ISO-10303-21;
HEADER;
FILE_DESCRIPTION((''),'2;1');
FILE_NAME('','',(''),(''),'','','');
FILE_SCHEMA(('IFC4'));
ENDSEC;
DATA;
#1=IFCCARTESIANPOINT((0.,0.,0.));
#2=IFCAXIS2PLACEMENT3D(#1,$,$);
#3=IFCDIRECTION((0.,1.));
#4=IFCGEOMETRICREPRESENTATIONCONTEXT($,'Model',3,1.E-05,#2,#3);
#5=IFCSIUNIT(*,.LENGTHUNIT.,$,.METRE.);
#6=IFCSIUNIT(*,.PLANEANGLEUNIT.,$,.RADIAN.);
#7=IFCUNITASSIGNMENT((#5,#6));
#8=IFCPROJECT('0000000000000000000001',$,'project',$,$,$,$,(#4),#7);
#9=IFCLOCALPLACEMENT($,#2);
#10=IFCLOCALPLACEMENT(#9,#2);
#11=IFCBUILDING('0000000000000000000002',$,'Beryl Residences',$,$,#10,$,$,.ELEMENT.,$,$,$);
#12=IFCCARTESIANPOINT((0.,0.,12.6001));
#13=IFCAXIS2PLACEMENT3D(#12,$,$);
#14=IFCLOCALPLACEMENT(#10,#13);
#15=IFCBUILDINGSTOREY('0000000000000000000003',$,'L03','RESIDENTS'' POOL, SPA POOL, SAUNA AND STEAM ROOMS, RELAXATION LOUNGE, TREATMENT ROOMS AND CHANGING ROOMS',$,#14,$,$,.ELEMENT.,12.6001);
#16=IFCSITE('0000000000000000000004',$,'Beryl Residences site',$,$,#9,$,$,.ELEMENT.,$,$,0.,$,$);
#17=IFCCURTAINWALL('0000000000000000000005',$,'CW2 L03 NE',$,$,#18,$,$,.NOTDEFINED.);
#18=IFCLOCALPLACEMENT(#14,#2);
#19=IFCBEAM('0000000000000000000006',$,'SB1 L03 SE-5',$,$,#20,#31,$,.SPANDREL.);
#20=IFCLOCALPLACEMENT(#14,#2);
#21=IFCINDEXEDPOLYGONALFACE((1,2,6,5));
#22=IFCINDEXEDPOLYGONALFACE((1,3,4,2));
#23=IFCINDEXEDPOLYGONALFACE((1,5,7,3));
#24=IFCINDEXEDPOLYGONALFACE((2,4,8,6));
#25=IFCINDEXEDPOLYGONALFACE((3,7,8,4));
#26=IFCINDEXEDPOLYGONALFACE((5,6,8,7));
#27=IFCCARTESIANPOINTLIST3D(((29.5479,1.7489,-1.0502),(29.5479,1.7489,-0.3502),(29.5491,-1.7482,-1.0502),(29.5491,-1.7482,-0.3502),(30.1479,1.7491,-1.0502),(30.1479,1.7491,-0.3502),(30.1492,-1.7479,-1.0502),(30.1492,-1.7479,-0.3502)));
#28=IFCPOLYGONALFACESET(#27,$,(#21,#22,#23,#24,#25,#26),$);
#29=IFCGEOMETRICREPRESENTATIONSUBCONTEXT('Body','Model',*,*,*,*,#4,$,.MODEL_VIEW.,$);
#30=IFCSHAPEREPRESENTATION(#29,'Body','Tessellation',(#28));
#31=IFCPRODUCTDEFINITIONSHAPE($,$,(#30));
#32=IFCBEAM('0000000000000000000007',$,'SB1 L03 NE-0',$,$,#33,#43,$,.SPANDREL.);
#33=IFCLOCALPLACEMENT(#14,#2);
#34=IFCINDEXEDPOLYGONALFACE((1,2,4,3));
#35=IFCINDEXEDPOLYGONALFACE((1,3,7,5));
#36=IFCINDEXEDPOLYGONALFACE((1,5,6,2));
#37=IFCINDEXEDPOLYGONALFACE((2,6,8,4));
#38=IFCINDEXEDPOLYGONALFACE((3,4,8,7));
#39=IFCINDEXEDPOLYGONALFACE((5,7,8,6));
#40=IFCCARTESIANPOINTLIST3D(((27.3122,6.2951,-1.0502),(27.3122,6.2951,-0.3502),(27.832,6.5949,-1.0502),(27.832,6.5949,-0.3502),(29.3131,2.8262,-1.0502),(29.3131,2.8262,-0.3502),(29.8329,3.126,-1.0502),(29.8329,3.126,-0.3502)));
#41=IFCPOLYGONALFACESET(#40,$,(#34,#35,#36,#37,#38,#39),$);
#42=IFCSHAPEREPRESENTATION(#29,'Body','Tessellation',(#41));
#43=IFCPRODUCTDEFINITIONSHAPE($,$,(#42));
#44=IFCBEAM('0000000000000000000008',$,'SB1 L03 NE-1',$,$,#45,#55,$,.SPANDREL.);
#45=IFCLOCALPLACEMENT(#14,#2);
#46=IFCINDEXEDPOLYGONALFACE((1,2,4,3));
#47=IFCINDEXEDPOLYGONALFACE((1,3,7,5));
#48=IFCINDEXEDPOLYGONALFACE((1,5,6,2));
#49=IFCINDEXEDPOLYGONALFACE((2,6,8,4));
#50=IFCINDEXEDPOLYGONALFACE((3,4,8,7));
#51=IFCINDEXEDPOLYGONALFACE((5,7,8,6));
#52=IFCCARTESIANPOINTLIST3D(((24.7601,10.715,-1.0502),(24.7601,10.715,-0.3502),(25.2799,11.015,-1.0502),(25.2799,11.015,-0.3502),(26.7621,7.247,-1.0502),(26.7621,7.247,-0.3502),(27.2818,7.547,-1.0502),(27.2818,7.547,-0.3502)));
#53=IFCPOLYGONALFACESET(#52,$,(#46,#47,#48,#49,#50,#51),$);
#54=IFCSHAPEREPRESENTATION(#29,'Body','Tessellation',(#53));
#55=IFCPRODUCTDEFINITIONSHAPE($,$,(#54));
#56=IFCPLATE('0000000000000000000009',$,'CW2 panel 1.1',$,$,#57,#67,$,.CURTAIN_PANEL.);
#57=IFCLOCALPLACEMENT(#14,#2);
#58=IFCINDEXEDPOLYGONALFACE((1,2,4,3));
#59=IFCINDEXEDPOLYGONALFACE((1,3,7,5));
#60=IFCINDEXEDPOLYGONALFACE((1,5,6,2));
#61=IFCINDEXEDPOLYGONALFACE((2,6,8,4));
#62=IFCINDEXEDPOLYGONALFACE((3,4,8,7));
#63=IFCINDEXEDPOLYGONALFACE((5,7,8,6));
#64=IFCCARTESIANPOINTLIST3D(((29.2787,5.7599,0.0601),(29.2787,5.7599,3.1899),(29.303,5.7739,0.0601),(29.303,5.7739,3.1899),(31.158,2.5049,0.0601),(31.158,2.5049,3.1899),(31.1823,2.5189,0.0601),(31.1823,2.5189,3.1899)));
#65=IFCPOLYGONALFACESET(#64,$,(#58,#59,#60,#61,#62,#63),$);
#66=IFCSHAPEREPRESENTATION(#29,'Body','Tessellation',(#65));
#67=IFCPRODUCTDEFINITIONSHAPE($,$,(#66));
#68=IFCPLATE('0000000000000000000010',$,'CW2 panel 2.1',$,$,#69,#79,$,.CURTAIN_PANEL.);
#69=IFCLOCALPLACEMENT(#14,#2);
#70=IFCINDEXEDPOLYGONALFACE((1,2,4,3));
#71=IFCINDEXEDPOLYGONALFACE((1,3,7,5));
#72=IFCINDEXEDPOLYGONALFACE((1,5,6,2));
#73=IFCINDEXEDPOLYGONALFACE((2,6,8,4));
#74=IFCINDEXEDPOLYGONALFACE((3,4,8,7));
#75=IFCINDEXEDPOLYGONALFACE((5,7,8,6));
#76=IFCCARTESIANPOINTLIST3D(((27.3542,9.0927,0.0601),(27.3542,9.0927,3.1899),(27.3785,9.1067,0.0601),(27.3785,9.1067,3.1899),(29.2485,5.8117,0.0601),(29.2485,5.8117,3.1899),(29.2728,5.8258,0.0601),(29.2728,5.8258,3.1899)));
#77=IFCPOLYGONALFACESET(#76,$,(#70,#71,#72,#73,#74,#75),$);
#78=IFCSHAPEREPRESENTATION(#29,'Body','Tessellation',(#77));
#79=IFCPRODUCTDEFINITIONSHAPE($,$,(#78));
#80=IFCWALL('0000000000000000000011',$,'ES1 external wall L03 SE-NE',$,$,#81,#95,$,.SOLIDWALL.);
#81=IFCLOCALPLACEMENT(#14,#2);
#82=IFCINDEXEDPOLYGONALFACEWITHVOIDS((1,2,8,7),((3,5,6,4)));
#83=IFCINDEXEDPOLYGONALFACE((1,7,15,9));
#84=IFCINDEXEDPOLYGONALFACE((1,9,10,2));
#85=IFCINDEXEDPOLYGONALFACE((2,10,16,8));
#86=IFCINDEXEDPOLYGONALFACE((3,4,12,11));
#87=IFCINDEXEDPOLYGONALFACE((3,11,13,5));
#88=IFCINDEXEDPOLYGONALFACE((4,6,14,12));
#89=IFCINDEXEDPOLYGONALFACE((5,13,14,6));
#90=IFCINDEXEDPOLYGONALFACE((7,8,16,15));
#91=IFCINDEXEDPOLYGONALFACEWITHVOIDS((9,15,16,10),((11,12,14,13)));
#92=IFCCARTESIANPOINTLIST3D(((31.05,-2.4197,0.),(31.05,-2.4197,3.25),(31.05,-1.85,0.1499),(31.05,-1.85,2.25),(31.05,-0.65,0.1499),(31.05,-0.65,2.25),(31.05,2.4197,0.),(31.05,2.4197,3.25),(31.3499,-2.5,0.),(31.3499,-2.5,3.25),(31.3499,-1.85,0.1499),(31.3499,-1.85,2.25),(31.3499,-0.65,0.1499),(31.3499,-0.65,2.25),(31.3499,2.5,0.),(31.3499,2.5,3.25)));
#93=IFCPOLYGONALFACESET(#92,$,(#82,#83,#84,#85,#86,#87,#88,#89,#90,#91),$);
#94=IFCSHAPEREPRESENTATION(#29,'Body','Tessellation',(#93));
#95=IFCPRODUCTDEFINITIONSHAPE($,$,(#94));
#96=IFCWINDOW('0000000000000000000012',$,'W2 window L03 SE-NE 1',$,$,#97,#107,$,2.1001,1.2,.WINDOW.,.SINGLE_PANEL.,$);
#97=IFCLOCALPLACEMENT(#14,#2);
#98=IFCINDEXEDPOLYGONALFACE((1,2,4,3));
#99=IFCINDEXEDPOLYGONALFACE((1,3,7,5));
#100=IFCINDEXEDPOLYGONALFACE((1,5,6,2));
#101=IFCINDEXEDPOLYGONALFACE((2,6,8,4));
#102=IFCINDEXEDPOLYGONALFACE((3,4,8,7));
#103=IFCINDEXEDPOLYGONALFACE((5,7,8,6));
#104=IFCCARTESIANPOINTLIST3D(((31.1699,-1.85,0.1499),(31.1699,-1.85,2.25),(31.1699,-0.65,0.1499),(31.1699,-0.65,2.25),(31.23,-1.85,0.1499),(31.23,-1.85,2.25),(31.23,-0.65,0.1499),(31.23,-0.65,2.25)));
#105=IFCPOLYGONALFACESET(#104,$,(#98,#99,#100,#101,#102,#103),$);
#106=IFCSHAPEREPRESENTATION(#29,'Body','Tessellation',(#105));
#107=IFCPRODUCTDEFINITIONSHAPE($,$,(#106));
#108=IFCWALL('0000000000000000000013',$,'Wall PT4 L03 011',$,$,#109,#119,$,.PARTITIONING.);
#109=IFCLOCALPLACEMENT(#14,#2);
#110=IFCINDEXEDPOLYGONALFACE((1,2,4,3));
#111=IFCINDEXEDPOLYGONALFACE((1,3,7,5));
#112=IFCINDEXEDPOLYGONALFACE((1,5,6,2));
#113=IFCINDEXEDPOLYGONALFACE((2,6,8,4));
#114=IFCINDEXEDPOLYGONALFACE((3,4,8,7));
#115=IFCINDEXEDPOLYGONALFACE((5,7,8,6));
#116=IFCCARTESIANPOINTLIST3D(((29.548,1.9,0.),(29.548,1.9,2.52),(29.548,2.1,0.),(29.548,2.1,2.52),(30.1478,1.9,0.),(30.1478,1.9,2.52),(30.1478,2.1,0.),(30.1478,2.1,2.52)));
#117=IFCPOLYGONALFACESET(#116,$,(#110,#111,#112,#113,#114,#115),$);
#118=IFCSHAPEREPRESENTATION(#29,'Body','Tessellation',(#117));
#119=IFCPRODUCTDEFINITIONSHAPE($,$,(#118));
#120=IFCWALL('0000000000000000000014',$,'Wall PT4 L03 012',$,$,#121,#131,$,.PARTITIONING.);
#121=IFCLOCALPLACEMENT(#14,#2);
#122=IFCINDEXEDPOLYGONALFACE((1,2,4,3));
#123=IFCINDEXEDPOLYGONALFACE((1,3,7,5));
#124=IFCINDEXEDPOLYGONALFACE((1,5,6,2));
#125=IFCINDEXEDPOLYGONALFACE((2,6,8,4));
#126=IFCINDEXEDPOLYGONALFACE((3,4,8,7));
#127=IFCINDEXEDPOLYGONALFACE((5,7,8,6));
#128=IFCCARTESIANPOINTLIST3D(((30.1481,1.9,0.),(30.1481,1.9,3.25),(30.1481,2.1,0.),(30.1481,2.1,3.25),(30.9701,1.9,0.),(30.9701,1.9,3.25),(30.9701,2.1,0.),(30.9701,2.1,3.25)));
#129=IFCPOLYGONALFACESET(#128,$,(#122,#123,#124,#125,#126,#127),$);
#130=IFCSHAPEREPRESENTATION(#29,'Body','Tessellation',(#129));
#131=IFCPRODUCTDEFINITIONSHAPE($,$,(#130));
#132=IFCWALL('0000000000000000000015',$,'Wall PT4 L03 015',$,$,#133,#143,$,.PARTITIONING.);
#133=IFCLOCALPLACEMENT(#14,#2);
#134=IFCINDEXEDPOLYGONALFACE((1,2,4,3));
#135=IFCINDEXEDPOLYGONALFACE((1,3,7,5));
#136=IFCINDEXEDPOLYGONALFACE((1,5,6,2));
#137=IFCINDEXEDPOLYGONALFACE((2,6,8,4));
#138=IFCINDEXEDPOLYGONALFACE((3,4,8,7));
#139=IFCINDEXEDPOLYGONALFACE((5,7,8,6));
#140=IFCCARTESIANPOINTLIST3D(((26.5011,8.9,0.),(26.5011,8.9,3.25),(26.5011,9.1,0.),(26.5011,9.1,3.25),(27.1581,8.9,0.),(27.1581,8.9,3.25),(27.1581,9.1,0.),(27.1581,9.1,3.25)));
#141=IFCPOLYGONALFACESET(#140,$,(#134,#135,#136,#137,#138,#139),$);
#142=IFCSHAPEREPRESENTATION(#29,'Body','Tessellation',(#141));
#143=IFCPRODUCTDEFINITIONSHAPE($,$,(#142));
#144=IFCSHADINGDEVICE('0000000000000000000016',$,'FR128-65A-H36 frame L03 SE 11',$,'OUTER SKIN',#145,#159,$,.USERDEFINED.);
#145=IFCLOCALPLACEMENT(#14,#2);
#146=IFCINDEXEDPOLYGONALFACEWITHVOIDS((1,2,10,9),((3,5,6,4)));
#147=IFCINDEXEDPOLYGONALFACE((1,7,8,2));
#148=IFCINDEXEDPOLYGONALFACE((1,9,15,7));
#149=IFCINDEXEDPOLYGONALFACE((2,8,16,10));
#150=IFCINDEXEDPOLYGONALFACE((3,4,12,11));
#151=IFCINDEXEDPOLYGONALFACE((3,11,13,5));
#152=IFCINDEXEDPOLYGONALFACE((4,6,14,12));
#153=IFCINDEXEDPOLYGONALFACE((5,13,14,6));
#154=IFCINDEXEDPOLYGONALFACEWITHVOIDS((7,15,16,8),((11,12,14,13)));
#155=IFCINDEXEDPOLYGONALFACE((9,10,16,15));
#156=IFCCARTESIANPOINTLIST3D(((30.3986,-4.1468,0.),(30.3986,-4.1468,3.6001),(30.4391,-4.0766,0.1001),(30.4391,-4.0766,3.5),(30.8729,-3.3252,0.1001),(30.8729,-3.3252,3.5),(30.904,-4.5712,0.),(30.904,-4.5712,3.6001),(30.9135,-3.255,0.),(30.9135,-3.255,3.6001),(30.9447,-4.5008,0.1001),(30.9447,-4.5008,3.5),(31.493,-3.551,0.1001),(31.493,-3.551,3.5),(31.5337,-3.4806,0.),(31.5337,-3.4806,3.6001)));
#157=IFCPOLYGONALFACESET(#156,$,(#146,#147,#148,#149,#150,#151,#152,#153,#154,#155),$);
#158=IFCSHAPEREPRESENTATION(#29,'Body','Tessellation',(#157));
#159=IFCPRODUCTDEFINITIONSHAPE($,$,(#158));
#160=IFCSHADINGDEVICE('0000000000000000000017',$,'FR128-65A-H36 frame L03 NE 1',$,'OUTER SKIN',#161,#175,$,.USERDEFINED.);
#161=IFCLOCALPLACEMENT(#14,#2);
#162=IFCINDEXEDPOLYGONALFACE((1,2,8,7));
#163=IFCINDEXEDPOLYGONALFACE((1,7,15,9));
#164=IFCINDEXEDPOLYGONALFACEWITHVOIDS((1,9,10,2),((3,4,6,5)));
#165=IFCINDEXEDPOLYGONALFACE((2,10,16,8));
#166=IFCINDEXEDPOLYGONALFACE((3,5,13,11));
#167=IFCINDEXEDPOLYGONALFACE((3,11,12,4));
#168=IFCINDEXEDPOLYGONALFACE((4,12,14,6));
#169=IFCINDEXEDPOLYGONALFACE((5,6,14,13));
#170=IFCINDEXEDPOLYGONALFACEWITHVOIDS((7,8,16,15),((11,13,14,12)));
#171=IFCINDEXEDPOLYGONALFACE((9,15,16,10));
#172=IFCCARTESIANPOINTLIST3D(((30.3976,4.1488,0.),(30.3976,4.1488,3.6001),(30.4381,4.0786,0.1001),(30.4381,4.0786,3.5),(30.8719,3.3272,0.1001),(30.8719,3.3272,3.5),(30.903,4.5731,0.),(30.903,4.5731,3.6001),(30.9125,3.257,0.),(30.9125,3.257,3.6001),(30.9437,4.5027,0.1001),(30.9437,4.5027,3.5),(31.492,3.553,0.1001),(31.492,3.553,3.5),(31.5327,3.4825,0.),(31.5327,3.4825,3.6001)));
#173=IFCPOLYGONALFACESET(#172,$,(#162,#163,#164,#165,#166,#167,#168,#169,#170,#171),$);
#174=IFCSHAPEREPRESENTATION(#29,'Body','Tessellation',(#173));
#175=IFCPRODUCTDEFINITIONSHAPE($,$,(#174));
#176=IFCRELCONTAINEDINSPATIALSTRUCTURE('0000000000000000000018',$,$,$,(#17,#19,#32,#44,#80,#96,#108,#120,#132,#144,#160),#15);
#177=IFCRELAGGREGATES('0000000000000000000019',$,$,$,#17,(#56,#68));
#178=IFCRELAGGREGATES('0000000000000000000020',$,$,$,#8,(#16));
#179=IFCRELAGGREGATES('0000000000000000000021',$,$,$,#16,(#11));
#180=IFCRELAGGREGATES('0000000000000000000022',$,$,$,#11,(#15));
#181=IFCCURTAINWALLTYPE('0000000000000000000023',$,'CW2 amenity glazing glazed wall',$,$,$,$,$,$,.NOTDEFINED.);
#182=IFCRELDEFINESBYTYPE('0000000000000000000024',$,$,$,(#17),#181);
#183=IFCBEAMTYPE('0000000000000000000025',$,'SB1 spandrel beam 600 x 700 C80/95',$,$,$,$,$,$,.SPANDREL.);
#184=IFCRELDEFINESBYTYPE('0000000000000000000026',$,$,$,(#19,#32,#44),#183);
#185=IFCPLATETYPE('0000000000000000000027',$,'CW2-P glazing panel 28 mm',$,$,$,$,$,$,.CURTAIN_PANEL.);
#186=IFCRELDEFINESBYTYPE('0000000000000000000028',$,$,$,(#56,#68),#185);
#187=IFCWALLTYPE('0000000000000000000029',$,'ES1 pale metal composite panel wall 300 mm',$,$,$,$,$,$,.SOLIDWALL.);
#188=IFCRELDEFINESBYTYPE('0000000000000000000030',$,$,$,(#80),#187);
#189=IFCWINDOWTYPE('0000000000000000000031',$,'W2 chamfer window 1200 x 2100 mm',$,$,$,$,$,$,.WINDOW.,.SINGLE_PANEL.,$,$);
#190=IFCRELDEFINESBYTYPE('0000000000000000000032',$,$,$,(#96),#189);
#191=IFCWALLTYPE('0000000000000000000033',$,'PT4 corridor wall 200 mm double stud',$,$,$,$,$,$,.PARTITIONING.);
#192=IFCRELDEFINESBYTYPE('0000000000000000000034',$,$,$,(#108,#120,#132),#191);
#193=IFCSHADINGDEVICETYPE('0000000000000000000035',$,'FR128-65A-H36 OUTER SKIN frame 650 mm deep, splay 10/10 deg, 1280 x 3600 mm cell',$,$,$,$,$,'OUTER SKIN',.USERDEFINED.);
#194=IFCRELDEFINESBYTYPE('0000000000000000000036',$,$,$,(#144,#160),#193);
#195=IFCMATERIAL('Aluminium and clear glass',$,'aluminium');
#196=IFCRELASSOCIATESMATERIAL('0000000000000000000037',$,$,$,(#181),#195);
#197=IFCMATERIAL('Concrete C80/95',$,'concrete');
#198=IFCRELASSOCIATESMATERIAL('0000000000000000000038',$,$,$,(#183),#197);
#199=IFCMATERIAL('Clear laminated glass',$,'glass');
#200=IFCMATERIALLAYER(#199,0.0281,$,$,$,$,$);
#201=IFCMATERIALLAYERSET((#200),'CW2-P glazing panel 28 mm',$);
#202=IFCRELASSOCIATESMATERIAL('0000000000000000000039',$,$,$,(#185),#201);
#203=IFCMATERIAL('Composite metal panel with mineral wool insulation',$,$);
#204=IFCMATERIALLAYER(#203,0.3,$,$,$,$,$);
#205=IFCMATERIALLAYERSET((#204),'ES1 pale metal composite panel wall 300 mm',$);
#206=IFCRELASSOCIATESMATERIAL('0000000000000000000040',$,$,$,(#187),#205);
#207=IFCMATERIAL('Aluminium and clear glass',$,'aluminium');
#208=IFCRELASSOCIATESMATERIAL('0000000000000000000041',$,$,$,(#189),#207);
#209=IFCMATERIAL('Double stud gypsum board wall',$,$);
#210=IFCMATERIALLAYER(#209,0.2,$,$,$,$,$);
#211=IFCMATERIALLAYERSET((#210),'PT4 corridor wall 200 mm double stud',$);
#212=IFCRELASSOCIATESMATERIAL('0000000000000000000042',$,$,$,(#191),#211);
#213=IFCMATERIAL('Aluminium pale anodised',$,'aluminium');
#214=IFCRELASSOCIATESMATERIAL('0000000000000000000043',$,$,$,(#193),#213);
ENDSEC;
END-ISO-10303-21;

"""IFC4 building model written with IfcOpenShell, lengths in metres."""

from ifc_helpers import new_model, entity, si_unit, direction, frame, frame_2d, origin, origin_2d, place, context, subcontext, project, spatial, polyline, rectangle, outline, extrude, source, transform, mapped, material, layer, layer_set, material_profile, profile_set, type_object, type_shapes, element, fill, aggregate, save


model = new_model("IFC4")

# Units and contexts
model_context = context("Model", 3, precision=1e-05, world=origin(), true_north=direction((0.0, 1.0)))
body_context = subcontext(model_context, "Body", "Model", "MODEL_VIEW")
ifc_project = project(units=[si_unit("LENGTHUNIT", "METRE"), si_unit("PLANEANGLEUNIT", "RADIAN")], contexts=[model_context])

# Site, building, storey
site_placement = place(None, origin())
site = spatial("IfcSite", under=ifc_project, at=site_placement, Name="Beryl Residences site", CompositionType="ELEMENT", RefElevation=0.0)
building_placement = place(site_placement, origin())
building = spatial("IfcBuilding", under=site, at=building_placement, Name="Beryl Residences", CompositionType="ELEMENT")
storey_placement = place(building_placement, frame((0.0, 0.0, 12.6001)))
storey = spatial("IfcBuildingStorey", under=building, at=storey_placement, Name="L03", Description="RESIDENTS' POOL, SPA POOL, SAUNA AND STEAM ROOMS, RELAXATION LOUNGE, TREATMENT ROOMS AND CHANGING ROOMS", CompositionType="ELEMENT", Elevation=12.6001)

# Shared definitions
ifc_material_1 = material(Name="Aluminium and clear glass", Category="aluminium")
curtain_wall_type = type_object("IfcCurtainWallType", Name="CW2 amenity glazing glazed wall", PredefinedType="NOTDEFINED", material=ifc_material_1)

# Curtain wall
curtain_wall_1_placement = place(storey_placement, origin())
curtain_wall_1 = element("IfcCurtainWall", 1, at=curtain_wall_1_placement, inside=storey, type_object=curtain_wall_type, Name="CW2 L03 NE", PredefinedType="NOTDEFINED")

# Beams
ifc_material_2 = material(Name="Concrete C80/95", Category="concrete")
ifc_material_profile_1 = material_profile(ifc_material_2, rectangle(XDim=0.6001, YDim=0.7, at=origin_2d()))
ifc_profile_set_1 = profile_set([ifc_material_profile_1], Name="Concrete C80/95")
beam_type = type_object("IfcBeamType", Name="SB1 spandrel beam 600 x 700 C80/95", PredefinedType="SPANDREL", material=ifc_profile_set_1)
beam_1_placement = place(storey_placement, frame((29.8491, -1.748, -0.7002), z_axis=(-0.000349, 1.0, 0.0), x_axis=(-1.0, -0.000349, 0.0)))
element("IfcBeam", 2, at=beam_1_placement, inside=storey, type_object=beam_type, Name="SB1 L03 SE-5", PredefinedType="SPANDREL", context=body_context, shape_type="SweptSolid", body=[
    extrude(rectangle(XDim=0.6001, YDim=0.7, at=origin_2d()), origin(), (0.0, 0.0, 1.0), 3.4971),
])
beam_2_placement = place(storey_placement, frame((29.573, 2.9761, -0.7002), z_axis=(-0.499654, 0.866225, 0.0), x_axis=(-0.866225, -0.499654, 0.0)))
element("IfcBeam", 3, at=beam_2_placement, inside=storey, type_object=beam_type, Name="SB1 L03 NE-0", PredefinedType="SPANDREL", context=body_context, shape_type="SweptSolid", body=[
    extrude(rectangle(XDim=0.6001, YDim=0.7, at=origin_2d()), origin(), (0.0, 0.0, 1.0), 4.0046),
])
beam_3_placement = place(storey_placement, frame((27.022, 7.397, -0.7002), z_axis=(-0.499942, 0.866059, 0.0), x_axis=(-0.866059, -0.499942, 0.0)))
element("IfcBeam", 4, at=beam_3_placement, inside=storey, type_object=beam_type, Name="SB1 L03 NE-1", PredefinedType="SPANDREL", context=body_context, shape_type="SweptSolid", body=[
    extrude(rectangle(XDim=0.6001, YDim=0.7, at=origin_2d()), origin(), (0.0, 0.0, 1.0), 4.0044),
])

# Plates
ifc_material_3 = material(Name="Clear laminated glass", Category="glass")
ifc_layer_1 = layer(ifc_material_3, 0.0281)
ifc_layer_set_1 = layer_set([ifc_layer_1], Name="CW2-P glazing panel 28 mm")
plate_type = type_object("IfcPlateType", Name="CW2-P glazing panel 28 mm", PredefinedType="CURTAIN_PANEL", material=ifc_layer_set_1)
plate_1_placement = place(storey_placement, frame((30.2305, 4.1394, 0.0601), z_axis=(0.0, 0.0, 1.0), x_axis=(-0.500012, 0.866019, 0.0)))
plate_1 = element("IfcPlate", 5, at=plate_1_placement, type_object=plate_type, Name="CW2 panel 1.1", PredefinedType="CURTAIN_PANEL", context=body_context, shape_type="SweptSolid", body=[
    extrude(rectangle(XDim=3.7585, YDim=0.0281, at=origin_2d()), origin(), (0.0, 0.0, 1.0), 3.1299),
])
plate_2_placement = place(storey_placement, frame((28.3135, 7.4592, 0.0601), z_axis=(0.0, 0.0, 1.0), x_axis=(-0.500012, 0.866019, 0.0)))
plate_2 = element("IfcPlate", 6, at=plate_2_placement, type_object=plate_type, Name="CW2 panel 2.1", PredefinedType="CURTAIN_PANEL", context=body_context, shape_type="SweptSolid", body=[
    extrude(rectangle(XDim=3.7886, YDim=0.0281, at=origin_2d()), origin(), (0.0, 0.0, 1.0), 3.1299),
])
aggregate(curtain_wall_1, [plate_1, plate_2])

# Wall, opening, window
ifc_material_4 = material(Name="Composite metal panel with mineral wool insulation")
ifc_layer_2 = layer(ifc_material_4, 0.3)
ifc_layer_set_2 = layer_set([ifc_layer_2], Name="ES1 pale metal composite panel wall 300 mm")
wall_type_1 = type_object("IfcWallType", Name="ES1 pale metal composite panel wall 300 mm", PredefinedType="SOLIDWALL", material=ifc_layer_set_2)
wall_1_placement = place(storey_placement, frame((31.2, -2.5, 0.0), z_axis=(0.0, 0.0, 1.0), x_axis=(0.0, 1.0, 0.0)))
wall_1 = element("IfcWall", 7, at=wall_1_placement, inside=storey, type_object=wall_type_1, Name="ES1 external wall L03 SE-NE", PredefinedType="SOLIDWALL", context=body_context, shape_type="SweptSolid", body=[
    extrude(outline(polyline([(0.0, -0.1499), (5.0, -0.1499), (4.9197, 0.1499), (0.0803, 0.1499), (0.0, -0.1499)])), origin(), (0.0, 0.0, 1.0), 3.25),
])
opening_placement = place(wall_1_placement, frame((0.6499, 0.0, 0.1499)))
opening = element("IfcOpeningElement", 8, at=opening_placement, cuts=wall_1, PredefinedType="OPENING", context=body_context, shape_type="SweptSolid", body=[
    extrude(rectangle(XDim=1.2, YDim=2.1001, at=frame_2d((0.6001, 1.05))), frame((0.0, 0.1599, 0.0), z_axis=(0.0, -1.0, 0.0), x_axis=(1.0, 0.0, 0.0)), (0.0, 0.0, 1.0), 0.3201),
])
ifc_material_5 = material(Name="Aluminium and clear glass", Category="aluminium")
window_type = type_object("IfcWindowType", Name="W2 chamfer window 1200 x 2100 mm", PartitioningType="SINGLE_PANEL", PredefinedType="WINDOW", material=ifc_material_5)
window_placement = place(opening_placement, origin())
window = element("IfcWindow", 9, at=window_placement, inside=storey, type_object=window_type, Name="W2 window L03 SE-NE 1", OverallHeight=2.1001, OverallWidth=1.2, PartitioningType="SINGLE_PANEL", PredefinedType="WINDOW", context=body_context, shape_type="SweptSolid", body=[
    extrude(rectangle(XDim=1.2, YDim=2.1001, at=frame_2d((0.6001, 1.05))), frame((0.0, 0.03, 0.0), z_axis=(0.0, -1.0, 0.0), x_axis=(1.0, 0.0, 0.0)), (0.0, 0.0, 1.0), 0.0601),
])
fill(opening, window)

# Walls
ifc_material_6 = material(Name="Double stud gypsum board wall")
ifc_layer_3 = layer(ifc_material_6, 0.2)
ifc_layer_set_3 = layer_set([ifc_layer_3], Name="PT4 corridor wall 200 mm double stud")
wall_type_2 = type_object("IfcWallType", Name="PT4 corridor wall 200 mm double stud", PredefinedType="PARTITIONING", material=ifc_layer_set_3)
wall_2_placement = place(storey_placement, frame((29.5481, 2.0, 0.0), z_axis=(0.0, 0.0, 1.0), x_axis=(1.0, 0.0, 0.0)))
element("IfcWall", 10, at=wall_2_placement, inside=storey, type_object=wall_type_2, Name="Wall PT4 L03 011", PredefinedType="PARTITIONING", context=body_context, shape_type="SweptSolid", body=[
    extrude(rectangle(XDim=0.5999, YDim=0.2, at=frame_2d((0.2998, 0.0))), origin(), (0.0, 0.0, 1.0), 2.52),
])
wall_3_placement = place(storey_placement, frame((30.1479, 2.0, 0.0), z_axis=(0.0, 0.0, 1.0), x_axis=(1.0, 0.0, 0.0)))
element("IfcWall", 11, at=wall_3_placement, inside=storey, type_object=wall_type_2, Name="Wall PT4 L03 012", PredefinedType="PARTITIONING", context=body_context, shape_type="SweptSolid", body=[
    extrude(rectangle(XDim=0.822, YDim=0.2, at=frame_2d((0.4111, 0.0))), origin(), (0.0, 0.0, 1.0), 3.25),
])
wall_4_placement = place(storey_placement, frame((26.501, 9.0, 0.0), z_axis=(0.0, 0.0, 1.0), x_axis=(1.0, 0.0, 0.0)))
element("IfcWall", 12, at=wall_4_placement, inside=storey, type_object=wall_type_2, Name="Wall PT4 L03 015", PredefinedType="PARTITIONING", context=body_context, shape_type="SweptSolid", body=[
    extrude(rectangle(XDim=0.657, YDim=0.2, at=frame_2d((0.3286, 0.0))), origin(), (0.0, 0.0, 1.0), 3.25),
])

# Shading devices
ifc_material_7 = material(Name="Aluminium pale anodised", Category="aluminium")
shading_device_type_1 = type_object("IfcShadingDeviceType", Name="FR128-65A-H36 OUTER SKIN frame 650 mm deep, splay 10/10 deg, 1280 x 3600 mm cell", ElementType="OUTER SKIN", PredefinedType="USERDEFINED", material=ifc_material_7)
cartesian_point_1 = entity("IfcCartesianPoint", [-0.5149, 0.0])
cartesian_point_2 = entity("IfcCartesianPoint", [-0.4338, 0.1001])
cartesian_point_3 = entity("IfcCartesianPoint", [-0.6296, 0.0])
cartesian_point_4 = entity("IfcCartesianPoint", [-0.5483, 0.1001])
shared_shape_1 = source(origin(), body_context, "Body", "SweptSolid", [
    entity("IfcExtrudedAreaSolidTapered", entity("IfcArbitraryProfileDefWithVoids", "AREA", None, entity("IfcPolyline", [cartesian_point_1, entity("IfcCartesianPoint", [0.5149, 0.0]), entity("IfcCartesianPoint", [0.5149, 3.6001]), entity("IfcCartesianPoint", [-0.5149, 3.6001]), cartesian_point_1]), [entity("IfcPolyline", [cartesian_point_2, entity("IfcCartesianPoint", [0.4338, 0.1001]), entity("IfcCartesianPoint", [0.4338, 3.5]), entity("IfcCartesianPoint", [-0.4338, 3.5]), cartesian_point_2])]), entity("IfcAxis2Placement3D", entity("IfcCartesianPoint", [0.0, 0.0, 0.0]), entity("IfcDirection", [0.0, 1.0, 0.0]), entity("IfcDirection", [-1.0, 0.0, 0.0])), entity("IfcDirection", [0.0, 0.0, 1.0]), 0.6499, entity("IfcArbitraryProfileDefWithVoids", "AREA", None, entity("IfcPolyline", [cartesian_point_3, entity("IfcCartesianPoint", [0.6296, 0.0]), entity("IfcCartesianPoint", [0.6296, 3.6001]), entity("IfcCartesianPoint", [-0.6296, 3.6001]), cartesian_point_3]), [entity("IfcPolyline", [cartesian_point_4, entity("IfcCartesianPoint", [0.5483, 0.1001]), entity("IfcCartesianPoint", [0.5483, 3.5]), entity("IfcCartesianPoint", [-0.5483, 3.5]), cartesian_point_4])])),
])
type_shapes(shading_device_type_1, [shared_shape_1])
for number, where, z_axis, x_axis, name in (
    (13, (30.656, -3.7009, 0.0), (0.0, 0.0, 1.0), (-0.5, -0.866025, 0.0), "FR128-65A-H36 frame L03 SE 11"),
    (14, (30.655, 3.7029, 0.0), (0.0, 0.0, 1.0), (0.5, -0.866025, 0.0), "FR128-65A-H36 frame L03 NE 1"),
):
    element("IfcShadingDevice", number, at=place(storey_placement, frame(where, z_axis=z_axis, x_axis=x_axis)), inside=storey, type_object=shading_device_type_1, Name=name, ObjectType="OUTER SKIN", PredefinedType="USERDEFINED", context=body_context, shape_type="MappedRepresentation", body=[
        mapped(shared_shape_1, transform((0.0, 0.0, 0.0))),
    ])

save(model, "model.ifc")
